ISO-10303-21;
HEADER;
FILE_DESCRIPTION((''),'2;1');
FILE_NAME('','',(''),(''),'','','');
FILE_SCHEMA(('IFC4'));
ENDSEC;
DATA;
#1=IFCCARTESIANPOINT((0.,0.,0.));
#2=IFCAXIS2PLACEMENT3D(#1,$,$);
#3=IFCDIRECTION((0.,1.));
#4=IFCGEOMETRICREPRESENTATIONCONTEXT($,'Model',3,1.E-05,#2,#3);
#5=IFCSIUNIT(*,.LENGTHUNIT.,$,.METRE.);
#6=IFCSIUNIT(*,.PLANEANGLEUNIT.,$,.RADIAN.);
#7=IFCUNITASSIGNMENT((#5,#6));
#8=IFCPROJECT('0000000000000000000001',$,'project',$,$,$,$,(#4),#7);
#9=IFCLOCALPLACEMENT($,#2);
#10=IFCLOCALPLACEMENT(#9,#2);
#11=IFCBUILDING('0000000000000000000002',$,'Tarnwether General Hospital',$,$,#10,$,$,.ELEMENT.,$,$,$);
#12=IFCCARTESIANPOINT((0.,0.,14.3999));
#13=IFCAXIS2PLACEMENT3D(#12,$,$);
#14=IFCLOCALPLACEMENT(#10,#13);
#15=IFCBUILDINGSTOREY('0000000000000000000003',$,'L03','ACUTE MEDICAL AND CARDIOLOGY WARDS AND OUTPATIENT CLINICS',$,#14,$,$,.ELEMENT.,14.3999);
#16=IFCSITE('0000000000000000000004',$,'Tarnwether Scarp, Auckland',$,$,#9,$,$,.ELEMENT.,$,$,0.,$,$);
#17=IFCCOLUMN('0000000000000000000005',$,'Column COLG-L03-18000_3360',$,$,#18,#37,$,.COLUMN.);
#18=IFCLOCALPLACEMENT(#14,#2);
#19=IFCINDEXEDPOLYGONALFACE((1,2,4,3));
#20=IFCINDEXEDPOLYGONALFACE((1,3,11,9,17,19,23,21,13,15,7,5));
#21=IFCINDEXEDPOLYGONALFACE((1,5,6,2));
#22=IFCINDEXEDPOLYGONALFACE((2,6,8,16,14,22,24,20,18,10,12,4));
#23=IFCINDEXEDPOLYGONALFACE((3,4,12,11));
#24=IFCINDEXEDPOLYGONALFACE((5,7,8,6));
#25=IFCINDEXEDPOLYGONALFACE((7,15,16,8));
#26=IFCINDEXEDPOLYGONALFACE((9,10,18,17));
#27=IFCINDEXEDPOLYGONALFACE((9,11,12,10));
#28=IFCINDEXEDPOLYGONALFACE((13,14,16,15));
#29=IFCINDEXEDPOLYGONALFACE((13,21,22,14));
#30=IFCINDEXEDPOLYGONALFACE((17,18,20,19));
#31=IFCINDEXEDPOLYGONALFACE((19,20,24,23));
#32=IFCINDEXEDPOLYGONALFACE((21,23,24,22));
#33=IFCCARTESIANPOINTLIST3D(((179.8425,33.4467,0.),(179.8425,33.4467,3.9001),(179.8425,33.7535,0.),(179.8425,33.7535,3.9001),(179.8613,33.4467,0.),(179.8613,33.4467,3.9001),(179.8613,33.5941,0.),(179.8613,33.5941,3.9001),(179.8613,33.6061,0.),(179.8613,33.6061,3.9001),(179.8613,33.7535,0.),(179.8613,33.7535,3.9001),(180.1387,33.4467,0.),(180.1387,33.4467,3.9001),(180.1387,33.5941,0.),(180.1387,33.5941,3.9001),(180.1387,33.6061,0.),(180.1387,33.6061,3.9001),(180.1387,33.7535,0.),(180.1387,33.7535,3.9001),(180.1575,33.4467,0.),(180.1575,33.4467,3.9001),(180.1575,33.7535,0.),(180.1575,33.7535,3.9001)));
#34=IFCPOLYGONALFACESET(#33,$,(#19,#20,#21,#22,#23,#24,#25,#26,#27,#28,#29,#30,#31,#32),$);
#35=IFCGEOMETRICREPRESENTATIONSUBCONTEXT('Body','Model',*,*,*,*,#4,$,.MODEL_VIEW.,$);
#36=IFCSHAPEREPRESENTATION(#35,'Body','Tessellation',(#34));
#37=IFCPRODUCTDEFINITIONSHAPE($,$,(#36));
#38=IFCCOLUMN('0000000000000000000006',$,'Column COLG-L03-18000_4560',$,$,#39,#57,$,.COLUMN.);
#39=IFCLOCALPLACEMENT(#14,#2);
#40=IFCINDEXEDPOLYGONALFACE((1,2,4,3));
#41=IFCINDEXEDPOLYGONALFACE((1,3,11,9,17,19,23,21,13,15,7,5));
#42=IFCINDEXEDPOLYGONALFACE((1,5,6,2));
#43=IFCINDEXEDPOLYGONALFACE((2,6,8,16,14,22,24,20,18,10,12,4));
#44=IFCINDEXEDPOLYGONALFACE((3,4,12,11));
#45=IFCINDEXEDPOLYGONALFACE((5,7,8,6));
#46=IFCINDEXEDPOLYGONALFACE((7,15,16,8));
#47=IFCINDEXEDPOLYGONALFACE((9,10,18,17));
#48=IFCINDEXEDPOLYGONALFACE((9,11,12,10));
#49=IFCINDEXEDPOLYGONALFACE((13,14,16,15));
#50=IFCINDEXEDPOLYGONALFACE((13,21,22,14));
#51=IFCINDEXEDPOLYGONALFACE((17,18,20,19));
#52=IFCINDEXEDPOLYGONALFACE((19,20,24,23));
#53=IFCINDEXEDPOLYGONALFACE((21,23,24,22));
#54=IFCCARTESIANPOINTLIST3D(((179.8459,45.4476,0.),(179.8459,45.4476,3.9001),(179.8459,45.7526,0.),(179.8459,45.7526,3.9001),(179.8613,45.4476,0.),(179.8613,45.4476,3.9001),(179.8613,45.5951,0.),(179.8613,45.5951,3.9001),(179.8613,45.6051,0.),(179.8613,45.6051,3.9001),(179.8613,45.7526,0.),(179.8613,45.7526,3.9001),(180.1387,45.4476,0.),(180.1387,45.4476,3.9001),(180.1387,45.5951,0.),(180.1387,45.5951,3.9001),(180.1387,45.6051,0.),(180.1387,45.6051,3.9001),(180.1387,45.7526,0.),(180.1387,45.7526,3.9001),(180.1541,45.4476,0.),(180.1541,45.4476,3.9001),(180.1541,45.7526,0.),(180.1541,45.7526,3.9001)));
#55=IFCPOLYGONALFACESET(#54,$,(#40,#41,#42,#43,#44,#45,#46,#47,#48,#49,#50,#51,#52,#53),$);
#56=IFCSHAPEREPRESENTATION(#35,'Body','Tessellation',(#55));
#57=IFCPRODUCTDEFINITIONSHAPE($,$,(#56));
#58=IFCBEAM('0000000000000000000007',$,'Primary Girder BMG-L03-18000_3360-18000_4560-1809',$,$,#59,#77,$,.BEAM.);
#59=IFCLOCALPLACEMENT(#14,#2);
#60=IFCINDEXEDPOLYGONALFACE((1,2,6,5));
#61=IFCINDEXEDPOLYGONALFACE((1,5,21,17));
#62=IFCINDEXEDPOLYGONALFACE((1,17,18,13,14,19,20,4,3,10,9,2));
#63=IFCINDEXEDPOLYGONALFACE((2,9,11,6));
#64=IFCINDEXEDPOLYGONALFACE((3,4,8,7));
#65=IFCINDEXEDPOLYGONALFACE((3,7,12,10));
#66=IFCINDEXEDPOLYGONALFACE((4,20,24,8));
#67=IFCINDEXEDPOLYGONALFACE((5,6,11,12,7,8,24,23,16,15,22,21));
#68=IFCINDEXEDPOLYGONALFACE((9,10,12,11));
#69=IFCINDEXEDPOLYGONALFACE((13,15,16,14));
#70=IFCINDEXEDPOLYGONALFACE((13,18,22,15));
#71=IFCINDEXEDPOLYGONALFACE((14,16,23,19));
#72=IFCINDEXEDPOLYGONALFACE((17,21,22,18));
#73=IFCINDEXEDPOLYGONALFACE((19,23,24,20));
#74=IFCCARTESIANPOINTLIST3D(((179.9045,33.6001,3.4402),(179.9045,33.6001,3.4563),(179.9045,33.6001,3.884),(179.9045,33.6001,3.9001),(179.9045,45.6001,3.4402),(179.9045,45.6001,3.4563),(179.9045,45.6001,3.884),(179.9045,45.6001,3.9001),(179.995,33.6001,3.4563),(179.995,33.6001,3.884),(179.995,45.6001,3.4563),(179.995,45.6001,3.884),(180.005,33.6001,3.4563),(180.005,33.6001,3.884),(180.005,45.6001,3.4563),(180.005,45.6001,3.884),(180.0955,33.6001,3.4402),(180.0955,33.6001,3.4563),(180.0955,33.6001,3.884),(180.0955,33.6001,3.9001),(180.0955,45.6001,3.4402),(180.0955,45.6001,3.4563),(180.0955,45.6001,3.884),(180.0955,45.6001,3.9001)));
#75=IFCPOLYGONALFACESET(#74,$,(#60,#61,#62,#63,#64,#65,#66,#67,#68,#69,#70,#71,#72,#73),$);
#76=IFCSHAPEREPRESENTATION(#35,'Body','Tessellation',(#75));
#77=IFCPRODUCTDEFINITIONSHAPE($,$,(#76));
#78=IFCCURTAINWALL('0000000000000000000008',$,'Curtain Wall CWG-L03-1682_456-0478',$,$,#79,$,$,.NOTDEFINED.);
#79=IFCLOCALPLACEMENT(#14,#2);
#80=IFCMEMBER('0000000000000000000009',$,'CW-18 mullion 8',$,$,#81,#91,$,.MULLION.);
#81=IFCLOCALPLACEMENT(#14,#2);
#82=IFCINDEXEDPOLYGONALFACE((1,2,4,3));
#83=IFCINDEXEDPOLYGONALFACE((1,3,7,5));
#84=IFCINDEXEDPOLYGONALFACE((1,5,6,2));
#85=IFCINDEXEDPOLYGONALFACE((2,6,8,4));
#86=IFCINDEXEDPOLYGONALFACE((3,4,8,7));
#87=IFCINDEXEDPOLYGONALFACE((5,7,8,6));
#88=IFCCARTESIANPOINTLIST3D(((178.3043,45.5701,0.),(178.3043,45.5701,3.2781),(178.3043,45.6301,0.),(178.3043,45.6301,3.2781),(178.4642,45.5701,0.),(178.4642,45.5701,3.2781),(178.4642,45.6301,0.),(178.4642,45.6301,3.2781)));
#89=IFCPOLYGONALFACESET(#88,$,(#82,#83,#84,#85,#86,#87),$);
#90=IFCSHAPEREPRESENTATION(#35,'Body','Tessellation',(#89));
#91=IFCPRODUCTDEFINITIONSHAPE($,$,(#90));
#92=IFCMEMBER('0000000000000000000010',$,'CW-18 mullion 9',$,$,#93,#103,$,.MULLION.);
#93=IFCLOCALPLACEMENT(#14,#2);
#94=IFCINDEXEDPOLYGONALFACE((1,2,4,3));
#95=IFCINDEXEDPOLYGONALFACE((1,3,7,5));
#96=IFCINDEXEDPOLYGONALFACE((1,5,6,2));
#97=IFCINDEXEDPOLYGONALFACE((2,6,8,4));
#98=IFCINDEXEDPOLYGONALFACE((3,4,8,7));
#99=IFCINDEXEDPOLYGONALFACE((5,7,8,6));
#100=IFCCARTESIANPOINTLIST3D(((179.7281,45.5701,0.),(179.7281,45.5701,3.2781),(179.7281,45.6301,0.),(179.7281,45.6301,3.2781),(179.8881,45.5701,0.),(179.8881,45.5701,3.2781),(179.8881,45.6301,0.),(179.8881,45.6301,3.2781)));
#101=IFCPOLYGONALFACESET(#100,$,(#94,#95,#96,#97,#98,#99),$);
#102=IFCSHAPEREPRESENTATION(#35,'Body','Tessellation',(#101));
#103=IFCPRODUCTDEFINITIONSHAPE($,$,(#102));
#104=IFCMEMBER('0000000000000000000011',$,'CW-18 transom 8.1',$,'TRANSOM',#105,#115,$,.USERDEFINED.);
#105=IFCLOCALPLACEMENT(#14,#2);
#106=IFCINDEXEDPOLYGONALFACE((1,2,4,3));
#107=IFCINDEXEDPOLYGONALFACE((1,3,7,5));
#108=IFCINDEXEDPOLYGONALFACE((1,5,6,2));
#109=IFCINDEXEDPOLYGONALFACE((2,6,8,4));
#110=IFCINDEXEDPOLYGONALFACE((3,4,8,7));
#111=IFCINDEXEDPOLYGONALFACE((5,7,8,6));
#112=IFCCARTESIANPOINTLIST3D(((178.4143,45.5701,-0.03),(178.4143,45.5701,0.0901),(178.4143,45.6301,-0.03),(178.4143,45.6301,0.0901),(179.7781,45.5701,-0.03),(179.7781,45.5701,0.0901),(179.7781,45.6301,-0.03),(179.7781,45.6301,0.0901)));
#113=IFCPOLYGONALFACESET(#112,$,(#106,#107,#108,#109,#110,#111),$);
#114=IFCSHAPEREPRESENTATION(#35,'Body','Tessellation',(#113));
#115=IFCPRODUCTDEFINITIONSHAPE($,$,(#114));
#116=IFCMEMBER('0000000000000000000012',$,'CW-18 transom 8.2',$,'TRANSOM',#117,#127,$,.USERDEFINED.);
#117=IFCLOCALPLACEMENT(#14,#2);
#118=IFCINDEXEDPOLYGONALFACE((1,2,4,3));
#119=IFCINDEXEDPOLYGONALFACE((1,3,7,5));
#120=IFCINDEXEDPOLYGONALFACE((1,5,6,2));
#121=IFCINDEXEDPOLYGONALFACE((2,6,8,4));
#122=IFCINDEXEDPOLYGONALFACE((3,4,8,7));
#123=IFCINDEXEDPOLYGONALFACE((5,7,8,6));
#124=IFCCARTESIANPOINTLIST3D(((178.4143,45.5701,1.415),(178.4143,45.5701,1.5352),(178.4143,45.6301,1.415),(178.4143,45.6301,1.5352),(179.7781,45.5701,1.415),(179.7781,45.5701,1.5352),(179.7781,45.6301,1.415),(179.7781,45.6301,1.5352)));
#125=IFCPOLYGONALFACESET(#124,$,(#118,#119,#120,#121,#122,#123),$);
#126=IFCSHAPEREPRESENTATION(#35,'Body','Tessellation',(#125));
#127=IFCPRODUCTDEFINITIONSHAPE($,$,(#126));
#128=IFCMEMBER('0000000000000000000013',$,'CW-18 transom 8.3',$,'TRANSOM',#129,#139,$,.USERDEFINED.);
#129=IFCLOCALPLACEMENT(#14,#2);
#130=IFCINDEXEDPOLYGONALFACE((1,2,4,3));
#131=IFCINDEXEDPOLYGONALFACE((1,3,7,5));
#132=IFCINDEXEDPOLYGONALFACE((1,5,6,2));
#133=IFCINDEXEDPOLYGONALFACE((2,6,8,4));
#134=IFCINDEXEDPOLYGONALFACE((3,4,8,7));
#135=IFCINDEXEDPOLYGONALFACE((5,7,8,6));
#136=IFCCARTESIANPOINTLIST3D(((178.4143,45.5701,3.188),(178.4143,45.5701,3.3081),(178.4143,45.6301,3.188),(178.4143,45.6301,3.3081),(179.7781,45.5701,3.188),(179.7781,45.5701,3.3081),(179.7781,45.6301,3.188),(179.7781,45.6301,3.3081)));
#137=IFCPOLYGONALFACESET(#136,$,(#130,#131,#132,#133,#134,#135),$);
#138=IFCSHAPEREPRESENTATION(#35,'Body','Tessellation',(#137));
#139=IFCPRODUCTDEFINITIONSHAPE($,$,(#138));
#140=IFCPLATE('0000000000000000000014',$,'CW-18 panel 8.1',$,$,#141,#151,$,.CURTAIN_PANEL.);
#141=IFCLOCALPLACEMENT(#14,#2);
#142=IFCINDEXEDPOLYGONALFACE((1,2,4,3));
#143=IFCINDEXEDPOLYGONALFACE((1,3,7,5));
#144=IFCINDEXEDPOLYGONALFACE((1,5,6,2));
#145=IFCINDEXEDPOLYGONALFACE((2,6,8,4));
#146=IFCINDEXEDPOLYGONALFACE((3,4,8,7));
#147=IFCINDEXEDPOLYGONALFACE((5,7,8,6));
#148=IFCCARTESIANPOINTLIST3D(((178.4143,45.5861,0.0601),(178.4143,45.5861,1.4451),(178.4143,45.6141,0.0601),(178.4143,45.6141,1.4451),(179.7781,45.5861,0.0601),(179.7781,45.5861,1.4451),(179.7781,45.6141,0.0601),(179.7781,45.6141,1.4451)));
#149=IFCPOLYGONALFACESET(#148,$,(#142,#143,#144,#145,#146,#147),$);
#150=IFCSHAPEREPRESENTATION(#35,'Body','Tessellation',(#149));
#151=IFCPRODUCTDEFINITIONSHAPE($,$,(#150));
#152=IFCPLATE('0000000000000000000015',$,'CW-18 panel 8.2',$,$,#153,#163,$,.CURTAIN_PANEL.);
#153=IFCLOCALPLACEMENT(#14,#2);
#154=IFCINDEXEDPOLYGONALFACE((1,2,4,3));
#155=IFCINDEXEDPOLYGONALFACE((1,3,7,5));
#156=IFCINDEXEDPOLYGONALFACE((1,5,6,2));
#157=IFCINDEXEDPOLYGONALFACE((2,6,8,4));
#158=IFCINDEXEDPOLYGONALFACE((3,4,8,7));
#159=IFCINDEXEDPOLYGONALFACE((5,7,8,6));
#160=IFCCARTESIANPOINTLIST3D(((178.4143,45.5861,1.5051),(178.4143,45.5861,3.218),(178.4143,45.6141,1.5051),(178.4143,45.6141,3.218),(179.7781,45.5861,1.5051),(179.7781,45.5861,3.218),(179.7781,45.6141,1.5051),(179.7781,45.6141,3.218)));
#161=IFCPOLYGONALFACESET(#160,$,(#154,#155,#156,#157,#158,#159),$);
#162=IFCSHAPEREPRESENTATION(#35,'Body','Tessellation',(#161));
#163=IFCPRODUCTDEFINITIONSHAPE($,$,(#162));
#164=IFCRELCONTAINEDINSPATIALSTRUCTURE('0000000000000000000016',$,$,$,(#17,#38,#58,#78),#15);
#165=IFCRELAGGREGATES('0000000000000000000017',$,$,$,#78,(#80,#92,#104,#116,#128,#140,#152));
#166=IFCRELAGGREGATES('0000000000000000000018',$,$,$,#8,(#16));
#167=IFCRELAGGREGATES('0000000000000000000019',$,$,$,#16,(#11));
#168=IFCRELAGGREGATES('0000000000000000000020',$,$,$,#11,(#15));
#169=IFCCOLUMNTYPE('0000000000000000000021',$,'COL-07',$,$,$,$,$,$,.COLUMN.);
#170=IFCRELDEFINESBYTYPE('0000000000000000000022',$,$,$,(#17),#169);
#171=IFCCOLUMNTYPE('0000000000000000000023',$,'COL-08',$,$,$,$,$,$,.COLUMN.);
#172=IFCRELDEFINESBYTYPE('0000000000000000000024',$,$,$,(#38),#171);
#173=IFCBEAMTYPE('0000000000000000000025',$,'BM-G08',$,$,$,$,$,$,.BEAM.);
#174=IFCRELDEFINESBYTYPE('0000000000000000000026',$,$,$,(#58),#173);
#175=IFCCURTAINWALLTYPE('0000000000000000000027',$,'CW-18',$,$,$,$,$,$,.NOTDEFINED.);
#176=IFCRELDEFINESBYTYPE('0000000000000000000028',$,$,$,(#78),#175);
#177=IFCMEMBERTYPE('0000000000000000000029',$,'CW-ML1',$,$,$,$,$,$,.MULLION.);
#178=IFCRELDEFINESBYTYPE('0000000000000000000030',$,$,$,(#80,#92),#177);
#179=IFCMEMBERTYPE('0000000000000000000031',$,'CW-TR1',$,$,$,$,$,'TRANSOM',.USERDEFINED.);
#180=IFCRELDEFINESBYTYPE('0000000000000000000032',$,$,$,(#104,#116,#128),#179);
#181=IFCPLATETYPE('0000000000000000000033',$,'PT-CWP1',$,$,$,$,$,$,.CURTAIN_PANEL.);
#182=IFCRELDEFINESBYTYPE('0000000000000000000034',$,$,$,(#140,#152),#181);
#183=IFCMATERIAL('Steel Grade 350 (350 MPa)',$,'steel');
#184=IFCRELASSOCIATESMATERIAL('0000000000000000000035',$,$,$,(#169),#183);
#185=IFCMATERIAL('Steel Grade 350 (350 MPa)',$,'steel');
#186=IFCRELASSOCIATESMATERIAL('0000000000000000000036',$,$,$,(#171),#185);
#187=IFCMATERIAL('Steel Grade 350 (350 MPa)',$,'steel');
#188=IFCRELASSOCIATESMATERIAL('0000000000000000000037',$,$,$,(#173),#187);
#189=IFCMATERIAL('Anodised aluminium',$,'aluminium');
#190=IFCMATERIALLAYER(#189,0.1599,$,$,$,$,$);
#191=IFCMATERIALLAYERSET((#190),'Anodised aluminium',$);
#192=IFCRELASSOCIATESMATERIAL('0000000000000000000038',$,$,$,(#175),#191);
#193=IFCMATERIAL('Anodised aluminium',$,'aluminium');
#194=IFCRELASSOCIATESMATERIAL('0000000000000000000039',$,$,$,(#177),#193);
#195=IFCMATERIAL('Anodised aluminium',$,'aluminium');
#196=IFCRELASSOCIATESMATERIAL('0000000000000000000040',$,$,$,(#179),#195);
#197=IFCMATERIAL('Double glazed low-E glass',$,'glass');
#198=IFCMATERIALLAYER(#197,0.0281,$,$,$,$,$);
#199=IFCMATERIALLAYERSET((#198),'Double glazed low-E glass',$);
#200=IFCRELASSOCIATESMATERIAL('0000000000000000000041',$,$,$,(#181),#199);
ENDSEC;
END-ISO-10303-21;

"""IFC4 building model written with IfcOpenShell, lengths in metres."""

from ifc_helpers import new_model, si_unit, direction, frame, origin, origin_2d, place, context, subcontext, project, spatial, rectangle, i_section, extrude, material, layer, layer_set, material_profile, profile_set, type_object, element, aggregate, save


model = new_model("IFC4")

# Units and contexts
model_context = context("Model", 3, precision=1e-05, world=origin(), true_north=direction((0.0, 1.0)))
body_context = subcontext(model_context, "Body", "Model", "MODEL_VIEW")
ifc_project = project(units=[si_unit("LENGTHUNIT", "METRE"), si_unit("PLANEANGLEUNIT", "RADIAN")], contexts=[model_context])

# Site, building, storey
site_placement = place(None, origin())
site = spatial("IfcSite", under=ifc_project, at=site_placement, Name="Tarnwether Scarp, Auckland", CompositionType="ELEMENT", RefElevation=0.0)
building_placement = place(site_placement, origin())
building = spatial("IfcBuilding", under=site, at=building_placement, Name="Tarnwether General Hospital", CompositionType="ELEMENT")
storey_placement = place(building_placement, frame((0.0, 0.0, 14.3999)))
storey = spatial("IfcBuildingStorey", under=building, at=storey_placement, Name="L03", Description="ACUTE MEDICAL AND CARDIOLOGY WARDS AND OUTPATIENT CLINICS", CompositionType="ELEMENT", Elevation=14.3999)

# Columns
ifc_material_1 = material(Name="Steel Grade 350 (350 MPa)", Category="steel")
ifc_material_profile_1 = material_profile(ifc_material_1, i_section(OverallWidth=0.3069, OverallDepth=0.3149, WebThickness=0.012, FlangeThickness=0.0188, at=origin_2d()), Name="310UC118")
ifc_profile_set_1 = profile_set([ifc_material_profile_1], Name="Steel Grade 350 (350 MPa)")
column_type_1 = type_object("IfcColumnType", Name="COL-07", PredefinedType="COLUMN", material=ifc_profile_set_1)
column_1_placement = place(storey_placement, frame((180.0, 33.6001, 0.0), z_axis=(0.0, 0.0, 1.0), x_axis=(0.0, 1.0, 0.0)))
element("IfcColumn", 1, at=column_1_placement, inside=storey, type_object=column_type_1, Name="Column COLG-L03-18000_3360", PredefinedType="COLUMN", context=body_context, shape_type="SweptSolid", body=[
    extrude(i_section(OverallWidth=0.3069, OverallDepth=0.3149, WebThickness=0.012, FlangeThickness=0.0188, at=origin_2d()), origin(), (0.0, 0.0, 1.0), 3.9001),
])
ifc_material_2 = material(Name="Steel Grade 350 (350 MPa)", Category="steel")
ifc_material_profile_2 = material_profile(ifc_material_2, i_section(OverallWidth=0.3049, OverallDepth=0.3081, WebThickness=0.01, FlangeThickness=0.0154, at=origin_2d()), Name="310UC96.8")
ifc_profile_set_2 = profile_set([ifc_material_profile_2], Name="Steel Grade 350 (350 MPa)")
column_type_2 = type_object("IfcColumnType", Name="COL-08", PredefinedType="COLUMN", material=ifc_profile_set_2)
column_2_placement = place(storey_placement, frame((180.0, 45.6001, 0.0), z_axis=(0.0, 0.0, 1.0), x_axis=(0.0, 1.0, 0.0)))
element("IfcColumn", 2, at=column_2_placement, inside=storey, type_object=column_type_2, Name="Column COLG-L03-18000_4560", PredefinedType="COLUMN", context=body_context, shape_type="SweptSolid", body=[
    extrude(i_section(OverallWidth=0.3049, OverallDepth=0.3081, WebThickness=0.01, FlangeThickness=0.0154, at=origin_2d()), origin(), (0.0, 0.0, 1.0), 3.9001),
])

# Beam
ifc_material_3 = material(Name="Steel Grade 350 (350 MPa)", Category="steel")
ifc_material_profile_3 = material_profile(ifc_material_3, i_section(OverallWidth=0.1909, OverallDepth=0.46, WebThickness=0.01, FlangeThickness=0.0161, at=origin_2d()), Name="460UB82.1")
ifc_profile_set_3 = profile_set([ifc_material_profile_3], Name="Steel Grade 350 (350 MPa)")
beam_type = type_object("IfcBeamType", Name="BM-G08", PredefinedType="BEAM", material=ifc_profile_set_3)
beam_placement = place(storey_placement, frame((180.0, 33.6001, 3.6702), z_axis=(0.0, 1.0, 0.0), x_axis=(-1.0, 0.0, 0.0)))
element("IfcBeam", 3, at=beam_placement, inside=storey, type_object=beam_type, Name="Primary Girder BMG-L03-18000_3360-18000_4560-1809", PredefinedType="BEAM", context=body_context, shape_type="SweptSolid", body=[
    extrude(i_section(OverallWidth=0.1909, OverallDepth=0.46, WebThickness=0.01, FlangeThickness=0.0161, at=origin_2d()), origin(), (0.0, 0.0, 1.0), 12.0),
])

# Curtain wall, members, plates
ifc_material_4 = material(Name="Anodised aluminium", Category="aluminium")
ifc_layer_1 = layer(ifc_material_4, 0.1599)
ifc_layer_set_1 = layer_set([ifc_layer_1], Name="Anodised aluminium")
curtain_wall_type = type_object("IfcCurtainWallType", Name="CW-18", PredefinedType="NOTDEFINED", material=ifc_layer_set_1)
curtain_wall_placement = place(storey_placement, origin())
curtain_wall = element("IfcCurtainWall", 4, at=curtain_wall_placement, inside=storey, type_object=curtain_wall_type, Name="Curtain Wall CWG-L03-1682_456-0478", PredefinedType="NOTDEFINED")
ifc_material_5 = material(Name="Anodised aluminium", Category="aluminium")
ifc_material_profile_4 = material_profile(ifc_material_5, rectangle(XDim=0.0601, YDim=0.1599, at=origin_2d()), Name="ALU-MUL-60x160")
ifc_profile_set_4 = profile_set([ifc_material_profile_4], Name="Anodised aluminium")
member_type_1 = type_object("IfcMemberType", Name="CW-ML1", PredefinedType="MULLION", material=ifc_profile_set_4)
member_1_placement = place(storey_placement, frame((178.3843, 45.6001, 0.0), z_axis=(0.0, 0.0, 1.0), x_axis=(0.0, 1.0, 0.0)))
member_1 = element("IfcMember", 5, at=member_1_placement, type_object=member_type_1, Name="CW-18 mullion 8", PredefinedType="MULLION", context=body_context, shape_type="SweptSolid", body=[
    extrude(rectangle(XDim=0.0601, YDim=0.1599, at=origin_2d()), origin(), (0.0, 0.0, 1.0), 3.2781),
])
member_2_placement = place(storey_placement, frame((179.8081, 45.6001, 0.0), z_axis=(0.0, 0.0, 1.0), x_axis=(0.0, 1.0, 0.0)))
member_2 = element("IfcMember", 6, at=member_2_placement, type_object=member_type_1, Name="CW-18 mullion 9", PredefinedType="MULLION", context=body_context, shape_type="SweptSolid", body=[
    extrude(rectangle(XDim=0.0601, YDim=0.1599, at=origin_2d()), origin(), (0.0, 0.0, 1.0), 3.2781),
])
ifc_material_6 = material(Name="Anodised aluminium", Category="aluminium")
ifc_material_profile_5 = material_profile(ifc_material_6, rectangle(XDim=0.0601, YDim=0.1201, at=origin_2d()), Name="ALU-TRN-60x120")
ifc_profile_set_5 = profile_set([ifc_material_profile_5], Name="Anodised aluminium")
member_type_2 = type_object("IfcMemberType", Name="CW-TR1", ElementType="TRANSOM", PredefinedType="USERDEFINED", material=ifc_profile_set_5)
member_3_placement = place(storey_placement, frame((178.4143, 45.6001, 0.03), z_axis=(1.0, 0.0, 0.0), x_axis=(0.0, 1.0, 0.0)))
member_3 = element("IfcMember", 7, at=member_3_placement, type_object=member_type_2, Name="CW-18 transom 8.1", ObjectType="TRANSOM", PredefinedType="USERDEFINED", context=body_context, shape_type="SweptSolid", body=[
    extrude(rectangle(XDim=0.0601, YDim=0.1201, at=origin_2d()), origin(), (0.0, 0.0, 1.0), 1.3638),
])
member_4_placement = place(storey_placement, frame((178.4143, 45.6001, 1.4751), z_axis=(1.0, 0.0, 0.0), x_axis=(0.0, 1.0, 0.0)))
member_4 = element("IfcMember", 8, at=member_4_placement, type_object=member_type_2, Name="CW-18 transom 8.2", ObjectType="TRANSOM", PredefinedType="USERDEFINED", context=body_context, shape_type="SweptSolid", body=[
    extrude(rectangle(XDim=0.0601, YDim=0.1201, at=origin_2d()), origin(), (0.0, 0.0, 1.0), 1.3638),
])
member_5_placement = place(storey_placement, frame((178.4143, 45.6001, 3.248), z_axis=(1.0, 0.0, 0.0), x_axis=(0.0, 1.0, 0.0)))
member_5 = element("IfcMember", 9, at=member_5_placement, type_object=member_type_2, Name="CW-18 transom 8.3", ObjectType="TRANSOM", PredefinedType="USERDEFINED", context=body_context, shape_type="SweptSolid", body=[
    extrude(rectangle(XDim=0.0601, YDim=0.1201, at=origin_2d()), origin(), (0.0, 0.0, 1.0), 1.3638),
])
ifc_material_7 = material(Name="Double glazed low-E glass", Category="glass")
ifc_layer_2 = layer(ifc_material_7, 0.0281)
ifc_layer_set_2 = layer_set([ifc_layer_2], Name="Double glazed low-E glass")
plate_type = type_object("IfcPlateType", Name="PT-CWP1", PredefinedType="CURTAIN_PANEL", material=ifc_layer_set_2)
plate_1_placement = place(storey_placement, frame((179.0962, 45.6001, 0.0601), z_axis=(0.0, 0.0, 1.0), x_axis=(1.0, 0.0, 0.0)))
plate_1 = element("IfcPlate", 10, at=plate_1_placement, type_object=plate_type, Name="CW-18 panel 8.1", PredefinedType="CURTAIN_PANEL", context=body_context, shape_type="SweptSolid", body=[
    extrude(rectangle(XDim=1.3638, YDim=0.0281, at=origin_2d()), origin(), (0.0, 0.0, 1.0), 1.385),
])
plate_2_placement = place(storey_placement, frame((179.0962, 45.6001, 1.5051), z_axis=(0.0, 0.0, 1.0), x_axis=(1.0, 0.0, 0.0)))
plate_2 = element("IfcPlate", 11, at=plate_2_placement, type_object=plate_type, Name="CW-18 panel 8.2", PredefinedType="CURTAIN_PANEL", context=body_context, shape_type="SweptSolid", body=[
    extrude(rectangle(XDim=1.3638, YDim=0.0281, at=origin_2d()), origin(), (0.0, 0.0, 1.0), 1.7129),
])
aggregate(curtain_wall, [member_1, member_2, member_3, member_4, member_5, plate_1, plate_2])

save(model, "model.ifc")
